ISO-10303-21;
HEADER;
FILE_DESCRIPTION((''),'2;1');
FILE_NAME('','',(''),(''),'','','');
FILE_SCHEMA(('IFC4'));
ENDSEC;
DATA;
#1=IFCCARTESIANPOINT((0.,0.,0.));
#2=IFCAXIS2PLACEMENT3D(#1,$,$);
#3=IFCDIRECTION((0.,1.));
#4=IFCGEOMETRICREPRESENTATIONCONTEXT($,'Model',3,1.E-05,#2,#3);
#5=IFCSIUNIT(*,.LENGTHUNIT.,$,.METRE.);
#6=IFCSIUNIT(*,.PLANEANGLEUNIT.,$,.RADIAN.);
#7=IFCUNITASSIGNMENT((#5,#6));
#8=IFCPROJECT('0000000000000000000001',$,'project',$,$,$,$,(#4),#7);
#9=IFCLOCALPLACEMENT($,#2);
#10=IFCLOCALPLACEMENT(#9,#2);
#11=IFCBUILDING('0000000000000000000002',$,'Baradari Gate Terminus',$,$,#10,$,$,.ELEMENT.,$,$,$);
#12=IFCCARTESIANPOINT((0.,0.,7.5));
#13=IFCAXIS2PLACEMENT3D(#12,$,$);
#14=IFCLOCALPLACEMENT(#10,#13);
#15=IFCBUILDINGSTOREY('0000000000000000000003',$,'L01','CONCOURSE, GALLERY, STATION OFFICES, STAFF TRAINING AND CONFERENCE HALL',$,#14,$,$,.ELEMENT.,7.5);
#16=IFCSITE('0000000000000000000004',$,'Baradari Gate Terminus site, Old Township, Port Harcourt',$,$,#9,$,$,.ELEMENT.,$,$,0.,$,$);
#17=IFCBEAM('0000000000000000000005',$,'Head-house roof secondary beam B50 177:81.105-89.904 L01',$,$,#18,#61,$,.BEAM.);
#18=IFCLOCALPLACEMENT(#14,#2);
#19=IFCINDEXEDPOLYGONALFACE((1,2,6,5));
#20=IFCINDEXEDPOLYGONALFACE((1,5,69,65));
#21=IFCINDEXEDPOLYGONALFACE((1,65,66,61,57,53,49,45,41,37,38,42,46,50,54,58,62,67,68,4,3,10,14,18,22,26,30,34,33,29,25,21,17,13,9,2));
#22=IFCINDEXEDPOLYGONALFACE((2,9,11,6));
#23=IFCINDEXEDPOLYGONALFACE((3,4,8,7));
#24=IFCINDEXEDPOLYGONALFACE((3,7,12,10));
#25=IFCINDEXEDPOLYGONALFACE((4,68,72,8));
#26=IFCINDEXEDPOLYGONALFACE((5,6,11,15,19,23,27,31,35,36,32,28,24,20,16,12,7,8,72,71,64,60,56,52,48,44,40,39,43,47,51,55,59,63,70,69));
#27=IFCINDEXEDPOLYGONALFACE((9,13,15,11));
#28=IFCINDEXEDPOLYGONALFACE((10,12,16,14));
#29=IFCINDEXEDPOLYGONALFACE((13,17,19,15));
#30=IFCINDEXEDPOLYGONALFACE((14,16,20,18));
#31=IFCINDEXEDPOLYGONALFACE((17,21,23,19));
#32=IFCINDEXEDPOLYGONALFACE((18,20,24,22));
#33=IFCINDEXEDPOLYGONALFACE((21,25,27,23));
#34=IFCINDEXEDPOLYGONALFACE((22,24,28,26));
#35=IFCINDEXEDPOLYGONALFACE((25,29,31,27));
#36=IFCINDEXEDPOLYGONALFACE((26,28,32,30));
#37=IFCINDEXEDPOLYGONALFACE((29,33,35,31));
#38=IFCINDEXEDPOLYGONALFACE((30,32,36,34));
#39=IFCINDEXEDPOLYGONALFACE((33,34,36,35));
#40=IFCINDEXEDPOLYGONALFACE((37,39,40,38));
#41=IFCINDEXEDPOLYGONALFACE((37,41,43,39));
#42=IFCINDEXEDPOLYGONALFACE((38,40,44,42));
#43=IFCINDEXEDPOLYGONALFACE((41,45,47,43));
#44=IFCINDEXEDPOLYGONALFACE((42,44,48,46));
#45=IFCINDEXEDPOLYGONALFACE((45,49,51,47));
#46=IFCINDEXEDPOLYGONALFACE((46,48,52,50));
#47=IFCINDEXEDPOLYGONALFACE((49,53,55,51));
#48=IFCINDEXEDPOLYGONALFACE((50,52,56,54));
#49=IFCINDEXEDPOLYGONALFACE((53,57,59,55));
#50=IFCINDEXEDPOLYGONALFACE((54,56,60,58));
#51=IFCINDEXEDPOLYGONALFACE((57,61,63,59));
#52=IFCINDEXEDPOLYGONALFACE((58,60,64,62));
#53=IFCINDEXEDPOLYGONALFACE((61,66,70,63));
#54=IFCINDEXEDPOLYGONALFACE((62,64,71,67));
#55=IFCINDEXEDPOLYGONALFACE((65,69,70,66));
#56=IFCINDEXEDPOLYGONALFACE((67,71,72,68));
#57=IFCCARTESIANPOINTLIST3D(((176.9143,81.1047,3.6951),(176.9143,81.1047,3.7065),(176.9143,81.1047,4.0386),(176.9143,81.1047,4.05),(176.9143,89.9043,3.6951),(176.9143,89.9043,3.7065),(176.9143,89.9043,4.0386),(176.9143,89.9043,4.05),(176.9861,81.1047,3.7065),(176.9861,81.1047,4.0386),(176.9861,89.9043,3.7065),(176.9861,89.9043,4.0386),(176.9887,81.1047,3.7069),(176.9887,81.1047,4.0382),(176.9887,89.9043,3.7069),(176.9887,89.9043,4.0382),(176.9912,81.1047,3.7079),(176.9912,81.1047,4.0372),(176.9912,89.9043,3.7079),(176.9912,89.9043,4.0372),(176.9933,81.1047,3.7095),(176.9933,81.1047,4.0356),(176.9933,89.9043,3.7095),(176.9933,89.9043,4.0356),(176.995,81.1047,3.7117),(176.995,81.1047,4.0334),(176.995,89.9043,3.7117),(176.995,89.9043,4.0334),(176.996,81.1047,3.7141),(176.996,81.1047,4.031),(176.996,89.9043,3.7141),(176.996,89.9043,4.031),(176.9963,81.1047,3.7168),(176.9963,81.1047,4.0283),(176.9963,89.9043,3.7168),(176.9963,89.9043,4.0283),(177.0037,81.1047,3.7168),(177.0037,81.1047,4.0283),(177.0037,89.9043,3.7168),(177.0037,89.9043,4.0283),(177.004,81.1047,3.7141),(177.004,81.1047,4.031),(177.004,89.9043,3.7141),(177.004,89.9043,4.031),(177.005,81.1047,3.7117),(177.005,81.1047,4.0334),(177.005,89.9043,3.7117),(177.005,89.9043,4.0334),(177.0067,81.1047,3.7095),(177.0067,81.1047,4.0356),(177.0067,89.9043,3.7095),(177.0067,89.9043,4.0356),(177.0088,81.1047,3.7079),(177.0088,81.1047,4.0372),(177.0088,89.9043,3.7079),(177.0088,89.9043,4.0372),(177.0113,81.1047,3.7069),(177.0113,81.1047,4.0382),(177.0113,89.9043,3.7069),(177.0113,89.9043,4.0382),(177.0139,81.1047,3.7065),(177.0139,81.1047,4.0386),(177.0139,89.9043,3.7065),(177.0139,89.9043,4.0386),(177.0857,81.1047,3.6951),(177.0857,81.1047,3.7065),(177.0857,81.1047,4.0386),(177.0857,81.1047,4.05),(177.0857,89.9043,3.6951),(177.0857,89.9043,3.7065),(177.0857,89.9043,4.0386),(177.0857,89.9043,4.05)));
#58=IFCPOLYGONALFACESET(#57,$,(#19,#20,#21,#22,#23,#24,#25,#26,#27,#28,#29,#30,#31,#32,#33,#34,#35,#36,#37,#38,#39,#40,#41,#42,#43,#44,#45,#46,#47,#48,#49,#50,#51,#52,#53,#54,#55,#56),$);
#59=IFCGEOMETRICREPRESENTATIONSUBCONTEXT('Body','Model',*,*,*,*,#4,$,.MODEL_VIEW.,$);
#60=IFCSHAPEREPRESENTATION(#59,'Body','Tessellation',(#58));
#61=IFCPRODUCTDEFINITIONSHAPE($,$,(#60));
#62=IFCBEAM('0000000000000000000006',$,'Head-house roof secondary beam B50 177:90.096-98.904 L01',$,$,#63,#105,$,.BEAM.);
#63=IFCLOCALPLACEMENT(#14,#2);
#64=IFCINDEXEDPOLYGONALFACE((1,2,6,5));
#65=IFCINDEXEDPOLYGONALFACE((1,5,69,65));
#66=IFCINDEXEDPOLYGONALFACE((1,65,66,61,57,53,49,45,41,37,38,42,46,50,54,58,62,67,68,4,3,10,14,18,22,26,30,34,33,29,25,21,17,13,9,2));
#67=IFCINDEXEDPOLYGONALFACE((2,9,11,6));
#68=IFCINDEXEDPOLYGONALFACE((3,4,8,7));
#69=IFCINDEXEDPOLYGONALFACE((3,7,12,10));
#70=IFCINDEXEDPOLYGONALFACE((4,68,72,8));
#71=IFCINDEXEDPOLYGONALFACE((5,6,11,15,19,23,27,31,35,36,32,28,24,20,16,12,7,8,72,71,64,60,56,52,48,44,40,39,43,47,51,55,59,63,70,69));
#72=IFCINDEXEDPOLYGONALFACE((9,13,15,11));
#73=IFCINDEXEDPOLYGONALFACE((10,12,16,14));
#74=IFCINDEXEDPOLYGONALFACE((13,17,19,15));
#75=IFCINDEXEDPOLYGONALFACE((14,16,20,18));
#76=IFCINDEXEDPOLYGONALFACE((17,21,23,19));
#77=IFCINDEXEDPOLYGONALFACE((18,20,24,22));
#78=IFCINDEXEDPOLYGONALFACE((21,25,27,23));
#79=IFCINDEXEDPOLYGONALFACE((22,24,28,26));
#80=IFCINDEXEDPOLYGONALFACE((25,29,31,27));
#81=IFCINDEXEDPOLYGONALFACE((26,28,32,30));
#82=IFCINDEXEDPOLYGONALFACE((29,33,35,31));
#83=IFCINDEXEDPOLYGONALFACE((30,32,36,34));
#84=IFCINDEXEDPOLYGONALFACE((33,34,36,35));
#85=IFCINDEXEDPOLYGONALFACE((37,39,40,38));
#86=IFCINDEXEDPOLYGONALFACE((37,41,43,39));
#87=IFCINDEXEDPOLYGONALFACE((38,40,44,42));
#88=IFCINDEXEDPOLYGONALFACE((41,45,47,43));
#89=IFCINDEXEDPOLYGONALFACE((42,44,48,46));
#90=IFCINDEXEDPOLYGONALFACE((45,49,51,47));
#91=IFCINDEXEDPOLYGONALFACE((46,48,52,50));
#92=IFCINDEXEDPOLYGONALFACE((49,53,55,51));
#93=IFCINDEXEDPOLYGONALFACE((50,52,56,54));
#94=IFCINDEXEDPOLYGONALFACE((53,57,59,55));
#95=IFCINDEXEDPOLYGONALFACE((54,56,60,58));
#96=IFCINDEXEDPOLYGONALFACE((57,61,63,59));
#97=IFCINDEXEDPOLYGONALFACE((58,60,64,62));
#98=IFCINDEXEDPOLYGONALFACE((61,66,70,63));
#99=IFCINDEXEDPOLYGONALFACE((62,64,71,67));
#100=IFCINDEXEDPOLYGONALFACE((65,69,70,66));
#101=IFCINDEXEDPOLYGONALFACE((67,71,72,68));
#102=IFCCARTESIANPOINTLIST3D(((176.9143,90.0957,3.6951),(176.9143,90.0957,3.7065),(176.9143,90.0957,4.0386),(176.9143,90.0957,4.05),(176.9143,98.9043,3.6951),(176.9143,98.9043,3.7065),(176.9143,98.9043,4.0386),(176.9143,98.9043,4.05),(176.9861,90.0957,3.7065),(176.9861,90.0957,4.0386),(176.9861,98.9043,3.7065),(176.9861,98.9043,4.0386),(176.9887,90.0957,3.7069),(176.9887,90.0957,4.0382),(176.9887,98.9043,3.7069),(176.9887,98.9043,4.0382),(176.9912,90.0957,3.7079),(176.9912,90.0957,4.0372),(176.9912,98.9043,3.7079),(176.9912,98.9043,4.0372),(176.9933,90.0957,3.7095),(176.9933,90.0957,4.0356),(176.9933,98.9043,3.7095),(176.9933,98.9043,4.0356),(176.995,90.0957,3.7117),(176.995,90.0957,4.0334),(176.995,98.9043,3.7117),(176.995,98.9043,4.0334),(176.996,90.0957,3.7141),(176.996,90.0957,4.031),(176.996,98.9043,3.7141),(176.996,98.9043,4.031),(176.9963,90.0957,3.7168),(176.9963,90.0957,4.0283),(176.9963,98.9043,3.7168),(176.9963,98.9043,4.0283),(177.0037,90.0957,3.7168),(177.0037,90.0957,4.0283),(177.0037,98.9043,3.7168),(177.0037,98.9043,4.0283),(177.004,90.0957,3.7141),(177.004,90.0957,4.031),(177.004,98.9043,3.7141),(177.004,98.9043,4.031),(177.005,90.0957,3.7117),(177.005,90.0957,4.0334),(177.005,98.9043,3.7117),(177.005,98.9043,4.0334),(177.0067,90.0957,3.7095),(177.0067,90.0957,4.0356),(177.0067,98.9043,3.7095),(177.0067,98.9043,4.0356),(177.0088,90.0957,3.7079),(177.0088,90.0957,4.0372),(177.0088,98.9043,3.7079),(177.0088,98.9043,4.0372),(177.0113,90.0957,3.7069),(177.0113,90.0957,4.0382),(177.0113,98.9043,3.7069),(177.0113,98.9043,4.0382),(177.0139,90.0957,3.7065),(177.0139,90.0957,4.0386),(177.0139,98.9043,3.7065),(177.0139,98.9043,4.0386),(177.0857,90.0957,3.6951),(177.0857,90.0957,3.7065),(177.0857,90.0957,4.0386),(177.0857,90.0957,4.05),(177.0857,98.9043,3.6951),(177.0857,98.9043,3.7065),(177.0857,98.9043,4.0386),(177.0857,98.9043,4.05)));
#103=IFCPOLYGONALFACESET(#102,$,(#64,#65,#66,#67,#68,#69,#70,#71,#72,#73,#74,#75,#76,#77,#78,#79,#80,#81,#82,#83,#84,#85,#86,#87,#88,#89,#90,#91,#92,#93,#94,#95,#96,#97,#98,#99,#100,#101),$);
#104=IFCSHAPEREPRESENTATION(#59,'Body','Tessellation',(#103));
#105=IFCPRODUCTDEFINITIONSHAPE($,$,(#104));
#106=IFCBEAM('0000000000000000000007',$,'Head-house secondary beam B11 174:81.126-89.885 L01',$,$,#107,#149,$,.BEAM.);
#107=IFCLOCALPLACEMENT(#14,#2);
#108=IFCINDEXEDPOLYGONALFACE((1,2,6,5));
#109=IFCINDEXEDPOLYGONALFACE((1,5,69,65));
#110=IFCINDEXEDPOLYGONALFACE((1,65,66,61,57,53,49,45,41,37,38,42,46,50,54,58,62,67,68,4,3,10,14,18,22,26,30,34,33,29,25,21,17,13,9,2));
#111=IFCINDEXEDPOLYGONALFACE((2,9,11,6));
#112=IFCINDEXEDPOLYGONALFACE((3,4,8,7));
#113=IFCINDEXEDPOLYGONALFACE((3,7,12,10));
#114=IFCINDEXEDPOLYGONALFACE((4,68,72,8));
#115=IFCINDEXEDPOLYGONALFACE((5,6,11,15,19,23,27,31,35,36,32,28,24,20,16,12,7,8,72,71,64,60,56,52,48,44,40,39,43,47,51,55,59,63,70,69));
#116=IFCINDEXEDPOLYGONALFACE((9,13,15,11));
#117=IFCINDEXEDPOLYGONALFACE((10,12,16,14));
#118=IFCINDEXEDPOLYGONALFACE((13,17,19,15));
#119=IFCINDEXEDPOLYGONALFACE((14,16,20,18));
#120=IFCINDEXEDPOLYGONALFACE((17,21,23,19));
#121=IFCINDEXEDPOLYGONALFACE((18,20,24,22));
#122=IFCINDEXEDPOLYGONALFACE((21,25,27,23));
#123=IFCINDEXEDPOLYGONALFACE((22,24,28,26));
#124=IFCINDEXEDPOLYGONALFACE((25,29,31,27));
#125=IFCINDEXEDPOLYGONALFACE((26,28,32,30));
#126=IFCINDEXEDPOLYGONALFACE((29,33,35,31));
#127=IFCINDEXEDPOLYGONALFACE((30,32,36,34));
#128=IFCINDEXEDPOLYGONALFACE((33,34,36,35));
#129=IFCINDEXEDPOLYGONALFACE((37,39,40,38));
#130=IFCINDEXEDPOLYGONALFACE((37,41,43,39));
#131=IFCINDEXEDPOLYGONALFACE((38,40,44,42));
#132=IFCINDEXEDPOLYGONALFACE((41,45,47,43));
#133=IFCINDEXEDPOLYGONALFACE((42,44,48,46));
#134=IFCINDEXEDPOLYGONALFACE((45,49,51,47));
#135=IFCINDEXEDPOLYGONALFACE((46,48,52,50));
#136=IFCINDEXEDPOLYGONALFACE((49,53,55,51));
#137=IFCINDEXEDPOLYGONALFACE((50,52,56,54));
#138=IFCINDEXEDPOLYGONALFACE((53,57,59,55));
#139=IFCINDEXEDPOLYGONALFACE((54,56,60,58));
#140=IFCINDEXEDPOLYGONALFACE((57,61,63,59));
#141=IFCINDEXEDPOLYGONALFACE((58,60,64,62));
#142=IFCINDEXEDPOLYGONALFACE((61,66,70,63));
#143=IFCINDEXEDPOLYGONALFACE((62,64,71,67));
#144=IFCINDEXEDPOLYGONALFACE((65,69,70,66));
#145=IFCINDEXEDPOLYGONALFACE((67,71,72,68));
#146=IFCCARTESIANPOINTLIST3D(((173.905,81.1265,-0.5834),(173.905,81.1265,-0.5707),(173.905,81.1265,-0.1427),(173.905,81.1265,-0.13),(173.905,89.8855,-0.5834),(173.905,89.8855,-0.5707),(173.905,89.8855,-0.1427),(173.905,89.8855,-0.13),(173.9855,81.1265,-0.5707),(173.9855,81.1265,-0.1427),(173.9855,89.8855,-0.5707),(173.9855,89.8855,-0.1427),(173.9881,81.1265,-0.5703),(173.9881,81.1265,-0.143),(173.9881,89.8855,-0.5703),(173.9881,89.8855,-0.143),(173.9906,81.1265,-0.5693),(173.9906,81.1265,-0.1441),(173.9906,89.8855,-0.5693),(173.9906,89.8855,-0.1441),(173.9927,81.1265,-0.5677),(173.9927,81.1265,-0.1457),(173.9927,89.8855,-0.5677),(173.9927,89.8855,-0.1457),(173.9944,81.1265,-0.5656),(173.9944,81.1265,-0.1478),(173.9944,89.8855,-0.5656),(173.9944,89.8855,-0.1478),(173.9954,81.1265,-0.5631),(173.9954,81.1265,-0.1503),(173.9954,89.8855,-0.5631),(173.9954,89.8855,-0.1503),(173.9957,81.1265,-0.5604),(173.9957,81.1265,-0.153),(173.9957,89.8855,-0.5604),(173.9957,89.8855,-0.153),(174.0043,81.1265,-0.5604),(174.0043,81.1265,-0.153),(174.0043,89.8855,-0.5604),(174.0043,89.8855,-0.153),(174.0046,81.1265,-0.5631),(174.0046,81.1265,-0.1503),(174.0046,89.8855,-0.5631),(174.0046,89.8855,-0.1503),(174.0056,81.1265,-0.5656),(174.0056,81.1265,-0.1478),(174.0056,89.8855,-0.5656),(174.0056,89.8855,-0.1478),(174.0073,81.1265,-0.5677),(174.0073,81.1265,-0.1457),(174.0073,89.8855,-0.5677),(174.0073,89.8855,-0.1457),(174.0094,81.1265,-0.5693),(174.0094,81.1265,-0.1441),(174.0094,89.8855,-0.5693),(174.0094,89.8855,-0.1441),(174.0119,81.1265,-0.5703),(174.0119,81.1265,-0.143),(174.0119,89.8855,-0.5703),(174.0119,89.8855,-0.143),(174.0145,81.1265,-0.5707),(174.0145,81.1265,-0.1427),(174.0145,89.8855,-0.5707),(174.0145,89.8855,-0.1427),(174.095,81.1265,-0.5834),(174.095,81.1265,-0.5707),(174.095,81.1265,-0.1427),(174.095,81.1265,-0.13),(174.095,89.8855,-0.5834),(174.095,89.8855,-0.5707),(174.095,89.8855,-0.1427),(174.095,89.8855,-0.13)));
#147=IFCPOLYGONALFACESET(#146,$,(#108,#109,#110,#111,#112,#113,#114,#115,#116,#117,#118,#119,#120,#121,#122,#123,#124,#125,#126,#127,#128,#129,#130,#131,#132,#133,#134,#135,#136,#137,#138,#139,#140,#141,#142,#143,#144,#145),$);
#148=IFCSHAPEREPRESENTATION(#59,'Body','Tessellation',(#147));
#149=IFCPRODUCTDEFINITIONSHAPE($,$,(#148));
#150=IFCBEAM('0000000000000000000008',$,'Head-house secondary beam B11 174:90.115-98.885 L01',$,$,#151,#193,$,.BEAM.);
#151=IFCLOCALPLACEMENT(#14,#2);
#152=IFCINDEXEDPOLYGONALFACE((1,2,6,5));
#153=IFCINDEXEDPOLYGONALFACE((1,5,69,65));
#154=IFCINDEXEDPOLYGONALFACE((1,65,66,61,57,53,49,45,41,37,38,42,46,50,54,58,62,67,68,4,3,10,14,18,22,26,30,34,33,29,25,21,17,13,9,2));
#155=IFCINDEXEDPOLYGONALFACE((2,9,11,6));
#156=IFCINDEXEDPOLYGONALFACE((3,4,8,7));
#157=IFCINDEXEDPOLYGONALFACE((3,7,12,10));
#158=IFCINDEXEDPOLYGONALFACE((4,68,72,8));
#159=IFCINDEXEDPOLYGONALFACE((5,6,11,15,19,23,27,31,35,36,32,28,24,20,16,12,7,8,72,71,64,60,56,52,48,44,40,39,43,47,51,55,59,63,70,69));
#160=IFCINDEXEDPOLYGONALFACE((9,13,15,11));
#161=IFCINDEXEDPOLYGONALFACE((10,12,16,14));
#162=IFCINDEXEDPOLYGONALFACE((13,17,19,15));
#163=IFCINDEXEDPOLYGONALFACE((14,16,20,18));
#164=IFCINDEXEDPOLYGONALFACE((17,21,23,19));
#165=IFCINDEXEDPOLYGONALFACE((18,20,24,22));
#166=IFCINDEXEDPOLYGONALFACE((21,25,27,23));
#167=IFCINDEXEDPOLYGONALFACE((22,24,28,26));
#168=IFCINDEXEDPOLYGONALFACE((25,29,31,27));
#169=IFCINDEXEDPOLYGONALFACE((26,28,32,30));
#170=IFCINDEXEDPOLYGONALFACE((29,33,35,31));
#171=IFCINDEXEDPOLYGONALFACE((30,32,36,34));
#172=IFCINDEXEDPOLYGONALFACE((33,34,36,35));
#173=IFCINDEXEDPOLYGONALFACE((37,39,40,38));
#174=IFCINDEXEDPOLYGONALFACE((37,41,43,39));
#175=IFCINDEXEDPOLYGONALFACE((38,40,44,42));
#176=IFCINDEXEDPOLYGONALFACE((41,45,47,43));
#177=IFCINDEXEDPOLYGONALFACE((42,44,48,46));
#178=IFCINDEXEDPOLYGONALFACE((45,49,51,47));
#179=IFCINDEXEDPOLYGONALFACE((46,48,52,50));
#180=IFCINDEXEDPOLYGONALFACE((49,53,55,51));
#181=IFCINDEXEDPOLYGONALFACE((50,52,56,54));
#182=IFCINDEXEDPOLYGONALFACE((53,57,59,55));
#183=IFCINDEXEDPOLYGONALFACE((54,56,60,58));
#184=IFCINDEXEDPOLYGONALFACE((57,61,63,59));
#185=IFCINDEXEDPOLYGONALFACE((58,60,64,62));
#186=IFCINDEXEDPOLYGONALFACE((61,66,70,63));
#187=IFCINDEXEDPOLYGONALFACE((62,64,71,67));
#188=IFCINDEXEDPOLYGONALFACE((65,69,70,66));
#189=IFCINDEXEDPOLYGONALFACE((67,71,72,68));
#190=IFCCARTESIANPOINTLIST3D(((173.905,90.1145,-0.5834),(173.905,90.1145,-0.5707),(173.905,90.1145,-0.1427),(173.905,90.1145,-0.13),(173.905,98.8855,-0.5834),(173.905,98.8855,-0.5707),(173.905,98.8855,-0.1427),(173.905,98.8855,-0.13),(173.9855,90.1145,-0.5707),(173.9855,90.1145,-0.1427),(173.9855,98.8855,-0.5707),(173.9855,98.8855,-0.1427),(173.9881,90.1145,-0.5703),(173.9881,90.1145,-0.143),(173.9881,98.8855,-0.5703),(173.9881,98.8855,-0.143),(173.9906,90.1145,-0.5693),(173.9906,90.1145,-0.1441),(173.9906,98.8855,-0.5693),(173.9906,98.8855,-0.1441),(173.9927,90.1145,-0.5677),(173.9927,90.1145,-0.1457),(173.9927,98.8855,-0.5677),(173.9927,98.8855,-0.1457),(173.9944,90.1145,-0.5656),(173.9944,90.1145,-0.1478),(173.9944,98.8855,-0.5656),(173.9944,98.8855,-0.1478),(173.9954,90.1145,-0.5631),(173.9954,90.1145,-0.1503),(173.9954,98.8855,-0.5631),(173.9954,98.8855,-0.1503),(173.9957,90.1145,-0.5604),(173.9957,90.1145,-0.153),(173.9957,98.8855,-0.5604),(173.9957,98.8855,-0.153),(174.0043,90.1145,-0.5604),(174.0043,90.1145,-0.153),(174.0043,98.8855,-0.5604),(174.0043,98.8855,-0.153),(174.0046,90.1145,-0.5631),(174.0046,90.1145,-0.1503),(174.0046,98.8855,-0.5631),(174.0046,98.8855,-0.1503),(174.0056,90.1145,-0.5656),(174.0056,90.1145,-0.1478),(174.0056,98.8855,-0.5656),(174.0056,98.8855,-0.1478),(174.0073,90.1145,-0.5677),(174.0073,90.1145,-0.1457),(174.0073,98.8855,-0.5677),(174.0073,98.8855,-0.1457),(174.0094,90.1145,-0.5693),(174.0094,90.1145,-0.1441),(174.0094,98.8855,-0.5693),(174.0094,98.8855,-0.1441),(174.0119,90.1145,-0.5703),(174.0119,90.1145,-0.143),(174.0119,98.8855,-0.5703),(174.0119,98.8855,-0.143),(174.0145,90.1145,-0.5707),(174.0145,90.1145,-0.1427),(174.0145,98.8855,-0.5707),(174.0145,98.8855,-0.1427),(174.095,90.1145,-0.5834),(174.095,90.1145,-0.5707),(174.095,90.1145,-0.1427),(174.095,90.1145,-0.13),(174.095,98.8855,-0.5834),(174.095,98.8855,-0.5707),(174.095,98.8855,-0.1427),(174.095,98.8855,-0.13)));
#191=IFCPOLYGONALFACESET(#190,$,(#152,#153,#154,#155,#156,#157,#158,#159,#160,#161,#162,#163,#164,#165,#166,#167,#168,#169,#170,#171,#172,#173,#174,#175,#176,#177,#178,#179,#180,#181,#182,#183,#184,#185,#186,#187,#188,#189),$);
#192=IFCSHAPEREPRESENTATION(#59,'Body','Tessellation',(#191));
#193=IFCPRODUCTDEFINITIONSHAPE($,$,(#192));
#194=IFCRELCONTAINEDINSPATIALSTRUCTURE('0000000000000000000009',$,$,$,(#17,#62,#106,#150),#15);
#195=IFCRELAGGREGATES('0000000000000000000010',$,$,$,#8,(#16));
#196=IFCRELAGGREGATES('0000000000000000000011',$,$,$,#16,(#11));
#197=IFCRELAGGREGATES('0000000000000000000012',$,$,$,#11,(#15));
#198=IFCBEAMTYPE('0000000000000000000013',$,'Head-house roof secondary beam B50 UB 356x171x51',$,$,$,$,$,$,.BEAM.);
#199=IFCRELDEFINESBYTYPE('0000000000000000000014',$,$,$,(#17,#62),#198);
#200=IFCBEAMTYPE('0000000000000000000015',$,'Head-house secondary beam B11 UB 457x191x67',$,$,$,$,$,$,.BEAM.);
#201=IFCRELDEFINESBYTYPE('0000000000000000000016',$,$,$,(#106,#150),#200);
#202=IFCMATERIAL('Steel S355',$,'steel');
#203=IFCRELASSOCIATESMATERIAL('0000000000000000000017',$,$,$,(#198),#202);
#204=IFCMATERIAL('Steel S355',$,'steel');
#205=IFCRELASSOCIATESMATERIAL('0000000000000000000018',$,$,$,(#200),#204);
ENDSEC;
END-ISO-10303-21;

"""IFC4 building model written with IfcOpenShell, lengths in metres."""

from ifc_helpers import new_model, si_unit, direction, frame, origin, origin_2d, place, context, subcontext, project, spatial, i_section, extrude, material, material_profile, profile_set, type_object, element, save


model = new_model("IFC4")

# Units and contexts
model_context = context("Model", 3, precision=1e-05, world=origin(), true_north=direction((0.0, 1.0)))
body_context = subcontext(model_context, "Body", "Model", "MODEL_VIEW")
ifc_project = project(units=[si_unit("LENGTHUNIT", "METRE"), si_unit("PLANEANGLEUNIT", "RADIAN")], contexts=[model_context])

# Site, building, storey
site_placement = place(None, origin())
site = spatial("IfcSite", under=ifc_project, at=site_placement, Name="Baradari Gate Terminus site, Old Township, Port Harcourt", CompositionType="ELEMENT", RefElevation=0.0)
building_placement = place(site_placement, origin())
building = spatial("IfcBuilding", under=site, at=building_placement, Name="Baradari Gate Terminus", CompositionType="ELEMENT")
storey_placement = place(building_placement, frame((0.0, 0.0, 7.5)))
storey = spatial("IfcBuildingStorey", under=building, at=storey_placement, Name="L01", Description="CONCOURSE, GALLERY, STATION OFFICES, STAFF TRAINING AND CONFERENCE HALL", CompositionType="ELEMENT", Elevation=7.5)

# Beams
ifc_material_1 = material(Name="Steel S355", Category="steel")
ifc_material_profile_1 = material_profile(ifc_material_1, i_section(OverallWidth=0.1714, OverallDepth=0.355, WebThickness=0.0073, FlangeThickness=0.0115, FilletRadius=0.0103, at=origin_2d()), Name="UB 356x171x51")
ifc_profile_set_1 = profile_set([ifc_material_profile_1], Name="Steel S355")
beam_type_1 = type_object("IfcBeamType", Name="Head-house roof secondary beam B50 UB 356x171x51", PredefinedType="BEAM", material=ifc_profile_set_1)
beam_1_placement = place(storey_placement, frame((177.0, 81.1047, 3.8726), z_axis=(0.0, 1.0, 0.0), x_axis=(-1.0, 0.0, 0.0)))
element("IfcBeam", 1, at=beam_1_placement, inside=storey, type_object=beam_type_1, Name="Head-house roof secondary beam B50 177:81.105-89.904 L01", PredefinedType="BEAM", context=body_context, shape_type="SweptSolid", body=[
    extrude(i_section(OverallWidth=0.1714, OverallDepth=0.355, WebThickness=0.0073, FlangeThickness=0.0115, FilletRadius=0.0103, at=origin_2d()), origin(), (0.0, 0.0, 1.0), 8.7996),
])
beam_2_placement = place(storey_placement, frame((177.0, 90.0957, 3.8726), z_axis=(0.0, 1.0, 0.0), x_axis=(-1.0, 0.0, 0.0)))
element("IfcBeam", 2, at=beam_2_placement, inside=storey, type_object=beam_type_1, Name="Head-house roof secondary beam B50 177:90.096-98.904 L01", PredefinedType="BEAM", context=body_context, shape_type="SweptSolid", body=[
    extrude(i_section(OverallWidth=0.1714, OverallDepth=0.355, WebThickness=0.0073, FlangeThickness=0.0115, FilletRadius=0.0103, at=origin_2d()), origin(), (0.0, 0.0, 1.0), 8.8086),
])
ifc_material_2 = material(Name="Steel S355", Category="steel")
ifc_material_profile_2 = material_profile(ifc_material_2, i_section(OverallWidth=0.1899, OverallDepth=0.4534, WebThickness=0.0085, FlangeThickness=0.0127, FilletRadius=0.0103, at=origin_2d()), Name="UB 457x191x67")
ifc_profile_set_2 = profile_set([ifc_material_profile_2], Name="Steel S355")
beam_type_2 = type_object("IfcBeamType", Name="Head-house secondary beam B11 UB 457x191x67", PredefinedType="BEAM", material=ifc_profile_set_2)
beam_3_placement = place(storey_placement, frame((174.0, 81.1265, -0.3567), z_axis=(0.0, 1.0, 0.0), x_axis=(-1.0, 0.0, 0.0)))
element("IfcBeam", 3, at=beam_3_placement, inside=storey, type_object=beam_type_2, Name="Head-house secondary beam B11 174:81.126-89.885 L01", PredefinedType="BEAM", context=body_context, shape_type="SweptSolid", body=[
    extrude(i_section(OverallWidth=0.1899, OverallDepth=0.4534, WebThickness=0.0085, FlangeThickness=0.0127, FilletRadius=0.0103, at=origin_2d()), origin(), (0.0, 0.0, 1.0), 8.759),
])
beam_4_placement = place(storey_placement, frame((174.0, 90.1145, -0.3567), z_axis=(0.0, 1.0, 0.0), x_axis=(-1.0, 0.0, 0.0)))
element("IfcBeam", 4, at=beam_4_placement, inside=storey, type_object=beam_type_2, Name="Head-house secondary beam B11 174:90.115-98.885 L01", PredefinedType="BEAM", context=body_context, shape_type="SweptSolid", body=[
    extrude(i_section(OverallWidth=0.1899, OverallDepth=0.4534, WebThickness=0.0085, FlangeThickness=0.0127, FilletRadius=0.0103, at=origin_2d()), origin(), (0.0, 0.0, 1.0), 8.771),
])

save(model, "model.ifc")
